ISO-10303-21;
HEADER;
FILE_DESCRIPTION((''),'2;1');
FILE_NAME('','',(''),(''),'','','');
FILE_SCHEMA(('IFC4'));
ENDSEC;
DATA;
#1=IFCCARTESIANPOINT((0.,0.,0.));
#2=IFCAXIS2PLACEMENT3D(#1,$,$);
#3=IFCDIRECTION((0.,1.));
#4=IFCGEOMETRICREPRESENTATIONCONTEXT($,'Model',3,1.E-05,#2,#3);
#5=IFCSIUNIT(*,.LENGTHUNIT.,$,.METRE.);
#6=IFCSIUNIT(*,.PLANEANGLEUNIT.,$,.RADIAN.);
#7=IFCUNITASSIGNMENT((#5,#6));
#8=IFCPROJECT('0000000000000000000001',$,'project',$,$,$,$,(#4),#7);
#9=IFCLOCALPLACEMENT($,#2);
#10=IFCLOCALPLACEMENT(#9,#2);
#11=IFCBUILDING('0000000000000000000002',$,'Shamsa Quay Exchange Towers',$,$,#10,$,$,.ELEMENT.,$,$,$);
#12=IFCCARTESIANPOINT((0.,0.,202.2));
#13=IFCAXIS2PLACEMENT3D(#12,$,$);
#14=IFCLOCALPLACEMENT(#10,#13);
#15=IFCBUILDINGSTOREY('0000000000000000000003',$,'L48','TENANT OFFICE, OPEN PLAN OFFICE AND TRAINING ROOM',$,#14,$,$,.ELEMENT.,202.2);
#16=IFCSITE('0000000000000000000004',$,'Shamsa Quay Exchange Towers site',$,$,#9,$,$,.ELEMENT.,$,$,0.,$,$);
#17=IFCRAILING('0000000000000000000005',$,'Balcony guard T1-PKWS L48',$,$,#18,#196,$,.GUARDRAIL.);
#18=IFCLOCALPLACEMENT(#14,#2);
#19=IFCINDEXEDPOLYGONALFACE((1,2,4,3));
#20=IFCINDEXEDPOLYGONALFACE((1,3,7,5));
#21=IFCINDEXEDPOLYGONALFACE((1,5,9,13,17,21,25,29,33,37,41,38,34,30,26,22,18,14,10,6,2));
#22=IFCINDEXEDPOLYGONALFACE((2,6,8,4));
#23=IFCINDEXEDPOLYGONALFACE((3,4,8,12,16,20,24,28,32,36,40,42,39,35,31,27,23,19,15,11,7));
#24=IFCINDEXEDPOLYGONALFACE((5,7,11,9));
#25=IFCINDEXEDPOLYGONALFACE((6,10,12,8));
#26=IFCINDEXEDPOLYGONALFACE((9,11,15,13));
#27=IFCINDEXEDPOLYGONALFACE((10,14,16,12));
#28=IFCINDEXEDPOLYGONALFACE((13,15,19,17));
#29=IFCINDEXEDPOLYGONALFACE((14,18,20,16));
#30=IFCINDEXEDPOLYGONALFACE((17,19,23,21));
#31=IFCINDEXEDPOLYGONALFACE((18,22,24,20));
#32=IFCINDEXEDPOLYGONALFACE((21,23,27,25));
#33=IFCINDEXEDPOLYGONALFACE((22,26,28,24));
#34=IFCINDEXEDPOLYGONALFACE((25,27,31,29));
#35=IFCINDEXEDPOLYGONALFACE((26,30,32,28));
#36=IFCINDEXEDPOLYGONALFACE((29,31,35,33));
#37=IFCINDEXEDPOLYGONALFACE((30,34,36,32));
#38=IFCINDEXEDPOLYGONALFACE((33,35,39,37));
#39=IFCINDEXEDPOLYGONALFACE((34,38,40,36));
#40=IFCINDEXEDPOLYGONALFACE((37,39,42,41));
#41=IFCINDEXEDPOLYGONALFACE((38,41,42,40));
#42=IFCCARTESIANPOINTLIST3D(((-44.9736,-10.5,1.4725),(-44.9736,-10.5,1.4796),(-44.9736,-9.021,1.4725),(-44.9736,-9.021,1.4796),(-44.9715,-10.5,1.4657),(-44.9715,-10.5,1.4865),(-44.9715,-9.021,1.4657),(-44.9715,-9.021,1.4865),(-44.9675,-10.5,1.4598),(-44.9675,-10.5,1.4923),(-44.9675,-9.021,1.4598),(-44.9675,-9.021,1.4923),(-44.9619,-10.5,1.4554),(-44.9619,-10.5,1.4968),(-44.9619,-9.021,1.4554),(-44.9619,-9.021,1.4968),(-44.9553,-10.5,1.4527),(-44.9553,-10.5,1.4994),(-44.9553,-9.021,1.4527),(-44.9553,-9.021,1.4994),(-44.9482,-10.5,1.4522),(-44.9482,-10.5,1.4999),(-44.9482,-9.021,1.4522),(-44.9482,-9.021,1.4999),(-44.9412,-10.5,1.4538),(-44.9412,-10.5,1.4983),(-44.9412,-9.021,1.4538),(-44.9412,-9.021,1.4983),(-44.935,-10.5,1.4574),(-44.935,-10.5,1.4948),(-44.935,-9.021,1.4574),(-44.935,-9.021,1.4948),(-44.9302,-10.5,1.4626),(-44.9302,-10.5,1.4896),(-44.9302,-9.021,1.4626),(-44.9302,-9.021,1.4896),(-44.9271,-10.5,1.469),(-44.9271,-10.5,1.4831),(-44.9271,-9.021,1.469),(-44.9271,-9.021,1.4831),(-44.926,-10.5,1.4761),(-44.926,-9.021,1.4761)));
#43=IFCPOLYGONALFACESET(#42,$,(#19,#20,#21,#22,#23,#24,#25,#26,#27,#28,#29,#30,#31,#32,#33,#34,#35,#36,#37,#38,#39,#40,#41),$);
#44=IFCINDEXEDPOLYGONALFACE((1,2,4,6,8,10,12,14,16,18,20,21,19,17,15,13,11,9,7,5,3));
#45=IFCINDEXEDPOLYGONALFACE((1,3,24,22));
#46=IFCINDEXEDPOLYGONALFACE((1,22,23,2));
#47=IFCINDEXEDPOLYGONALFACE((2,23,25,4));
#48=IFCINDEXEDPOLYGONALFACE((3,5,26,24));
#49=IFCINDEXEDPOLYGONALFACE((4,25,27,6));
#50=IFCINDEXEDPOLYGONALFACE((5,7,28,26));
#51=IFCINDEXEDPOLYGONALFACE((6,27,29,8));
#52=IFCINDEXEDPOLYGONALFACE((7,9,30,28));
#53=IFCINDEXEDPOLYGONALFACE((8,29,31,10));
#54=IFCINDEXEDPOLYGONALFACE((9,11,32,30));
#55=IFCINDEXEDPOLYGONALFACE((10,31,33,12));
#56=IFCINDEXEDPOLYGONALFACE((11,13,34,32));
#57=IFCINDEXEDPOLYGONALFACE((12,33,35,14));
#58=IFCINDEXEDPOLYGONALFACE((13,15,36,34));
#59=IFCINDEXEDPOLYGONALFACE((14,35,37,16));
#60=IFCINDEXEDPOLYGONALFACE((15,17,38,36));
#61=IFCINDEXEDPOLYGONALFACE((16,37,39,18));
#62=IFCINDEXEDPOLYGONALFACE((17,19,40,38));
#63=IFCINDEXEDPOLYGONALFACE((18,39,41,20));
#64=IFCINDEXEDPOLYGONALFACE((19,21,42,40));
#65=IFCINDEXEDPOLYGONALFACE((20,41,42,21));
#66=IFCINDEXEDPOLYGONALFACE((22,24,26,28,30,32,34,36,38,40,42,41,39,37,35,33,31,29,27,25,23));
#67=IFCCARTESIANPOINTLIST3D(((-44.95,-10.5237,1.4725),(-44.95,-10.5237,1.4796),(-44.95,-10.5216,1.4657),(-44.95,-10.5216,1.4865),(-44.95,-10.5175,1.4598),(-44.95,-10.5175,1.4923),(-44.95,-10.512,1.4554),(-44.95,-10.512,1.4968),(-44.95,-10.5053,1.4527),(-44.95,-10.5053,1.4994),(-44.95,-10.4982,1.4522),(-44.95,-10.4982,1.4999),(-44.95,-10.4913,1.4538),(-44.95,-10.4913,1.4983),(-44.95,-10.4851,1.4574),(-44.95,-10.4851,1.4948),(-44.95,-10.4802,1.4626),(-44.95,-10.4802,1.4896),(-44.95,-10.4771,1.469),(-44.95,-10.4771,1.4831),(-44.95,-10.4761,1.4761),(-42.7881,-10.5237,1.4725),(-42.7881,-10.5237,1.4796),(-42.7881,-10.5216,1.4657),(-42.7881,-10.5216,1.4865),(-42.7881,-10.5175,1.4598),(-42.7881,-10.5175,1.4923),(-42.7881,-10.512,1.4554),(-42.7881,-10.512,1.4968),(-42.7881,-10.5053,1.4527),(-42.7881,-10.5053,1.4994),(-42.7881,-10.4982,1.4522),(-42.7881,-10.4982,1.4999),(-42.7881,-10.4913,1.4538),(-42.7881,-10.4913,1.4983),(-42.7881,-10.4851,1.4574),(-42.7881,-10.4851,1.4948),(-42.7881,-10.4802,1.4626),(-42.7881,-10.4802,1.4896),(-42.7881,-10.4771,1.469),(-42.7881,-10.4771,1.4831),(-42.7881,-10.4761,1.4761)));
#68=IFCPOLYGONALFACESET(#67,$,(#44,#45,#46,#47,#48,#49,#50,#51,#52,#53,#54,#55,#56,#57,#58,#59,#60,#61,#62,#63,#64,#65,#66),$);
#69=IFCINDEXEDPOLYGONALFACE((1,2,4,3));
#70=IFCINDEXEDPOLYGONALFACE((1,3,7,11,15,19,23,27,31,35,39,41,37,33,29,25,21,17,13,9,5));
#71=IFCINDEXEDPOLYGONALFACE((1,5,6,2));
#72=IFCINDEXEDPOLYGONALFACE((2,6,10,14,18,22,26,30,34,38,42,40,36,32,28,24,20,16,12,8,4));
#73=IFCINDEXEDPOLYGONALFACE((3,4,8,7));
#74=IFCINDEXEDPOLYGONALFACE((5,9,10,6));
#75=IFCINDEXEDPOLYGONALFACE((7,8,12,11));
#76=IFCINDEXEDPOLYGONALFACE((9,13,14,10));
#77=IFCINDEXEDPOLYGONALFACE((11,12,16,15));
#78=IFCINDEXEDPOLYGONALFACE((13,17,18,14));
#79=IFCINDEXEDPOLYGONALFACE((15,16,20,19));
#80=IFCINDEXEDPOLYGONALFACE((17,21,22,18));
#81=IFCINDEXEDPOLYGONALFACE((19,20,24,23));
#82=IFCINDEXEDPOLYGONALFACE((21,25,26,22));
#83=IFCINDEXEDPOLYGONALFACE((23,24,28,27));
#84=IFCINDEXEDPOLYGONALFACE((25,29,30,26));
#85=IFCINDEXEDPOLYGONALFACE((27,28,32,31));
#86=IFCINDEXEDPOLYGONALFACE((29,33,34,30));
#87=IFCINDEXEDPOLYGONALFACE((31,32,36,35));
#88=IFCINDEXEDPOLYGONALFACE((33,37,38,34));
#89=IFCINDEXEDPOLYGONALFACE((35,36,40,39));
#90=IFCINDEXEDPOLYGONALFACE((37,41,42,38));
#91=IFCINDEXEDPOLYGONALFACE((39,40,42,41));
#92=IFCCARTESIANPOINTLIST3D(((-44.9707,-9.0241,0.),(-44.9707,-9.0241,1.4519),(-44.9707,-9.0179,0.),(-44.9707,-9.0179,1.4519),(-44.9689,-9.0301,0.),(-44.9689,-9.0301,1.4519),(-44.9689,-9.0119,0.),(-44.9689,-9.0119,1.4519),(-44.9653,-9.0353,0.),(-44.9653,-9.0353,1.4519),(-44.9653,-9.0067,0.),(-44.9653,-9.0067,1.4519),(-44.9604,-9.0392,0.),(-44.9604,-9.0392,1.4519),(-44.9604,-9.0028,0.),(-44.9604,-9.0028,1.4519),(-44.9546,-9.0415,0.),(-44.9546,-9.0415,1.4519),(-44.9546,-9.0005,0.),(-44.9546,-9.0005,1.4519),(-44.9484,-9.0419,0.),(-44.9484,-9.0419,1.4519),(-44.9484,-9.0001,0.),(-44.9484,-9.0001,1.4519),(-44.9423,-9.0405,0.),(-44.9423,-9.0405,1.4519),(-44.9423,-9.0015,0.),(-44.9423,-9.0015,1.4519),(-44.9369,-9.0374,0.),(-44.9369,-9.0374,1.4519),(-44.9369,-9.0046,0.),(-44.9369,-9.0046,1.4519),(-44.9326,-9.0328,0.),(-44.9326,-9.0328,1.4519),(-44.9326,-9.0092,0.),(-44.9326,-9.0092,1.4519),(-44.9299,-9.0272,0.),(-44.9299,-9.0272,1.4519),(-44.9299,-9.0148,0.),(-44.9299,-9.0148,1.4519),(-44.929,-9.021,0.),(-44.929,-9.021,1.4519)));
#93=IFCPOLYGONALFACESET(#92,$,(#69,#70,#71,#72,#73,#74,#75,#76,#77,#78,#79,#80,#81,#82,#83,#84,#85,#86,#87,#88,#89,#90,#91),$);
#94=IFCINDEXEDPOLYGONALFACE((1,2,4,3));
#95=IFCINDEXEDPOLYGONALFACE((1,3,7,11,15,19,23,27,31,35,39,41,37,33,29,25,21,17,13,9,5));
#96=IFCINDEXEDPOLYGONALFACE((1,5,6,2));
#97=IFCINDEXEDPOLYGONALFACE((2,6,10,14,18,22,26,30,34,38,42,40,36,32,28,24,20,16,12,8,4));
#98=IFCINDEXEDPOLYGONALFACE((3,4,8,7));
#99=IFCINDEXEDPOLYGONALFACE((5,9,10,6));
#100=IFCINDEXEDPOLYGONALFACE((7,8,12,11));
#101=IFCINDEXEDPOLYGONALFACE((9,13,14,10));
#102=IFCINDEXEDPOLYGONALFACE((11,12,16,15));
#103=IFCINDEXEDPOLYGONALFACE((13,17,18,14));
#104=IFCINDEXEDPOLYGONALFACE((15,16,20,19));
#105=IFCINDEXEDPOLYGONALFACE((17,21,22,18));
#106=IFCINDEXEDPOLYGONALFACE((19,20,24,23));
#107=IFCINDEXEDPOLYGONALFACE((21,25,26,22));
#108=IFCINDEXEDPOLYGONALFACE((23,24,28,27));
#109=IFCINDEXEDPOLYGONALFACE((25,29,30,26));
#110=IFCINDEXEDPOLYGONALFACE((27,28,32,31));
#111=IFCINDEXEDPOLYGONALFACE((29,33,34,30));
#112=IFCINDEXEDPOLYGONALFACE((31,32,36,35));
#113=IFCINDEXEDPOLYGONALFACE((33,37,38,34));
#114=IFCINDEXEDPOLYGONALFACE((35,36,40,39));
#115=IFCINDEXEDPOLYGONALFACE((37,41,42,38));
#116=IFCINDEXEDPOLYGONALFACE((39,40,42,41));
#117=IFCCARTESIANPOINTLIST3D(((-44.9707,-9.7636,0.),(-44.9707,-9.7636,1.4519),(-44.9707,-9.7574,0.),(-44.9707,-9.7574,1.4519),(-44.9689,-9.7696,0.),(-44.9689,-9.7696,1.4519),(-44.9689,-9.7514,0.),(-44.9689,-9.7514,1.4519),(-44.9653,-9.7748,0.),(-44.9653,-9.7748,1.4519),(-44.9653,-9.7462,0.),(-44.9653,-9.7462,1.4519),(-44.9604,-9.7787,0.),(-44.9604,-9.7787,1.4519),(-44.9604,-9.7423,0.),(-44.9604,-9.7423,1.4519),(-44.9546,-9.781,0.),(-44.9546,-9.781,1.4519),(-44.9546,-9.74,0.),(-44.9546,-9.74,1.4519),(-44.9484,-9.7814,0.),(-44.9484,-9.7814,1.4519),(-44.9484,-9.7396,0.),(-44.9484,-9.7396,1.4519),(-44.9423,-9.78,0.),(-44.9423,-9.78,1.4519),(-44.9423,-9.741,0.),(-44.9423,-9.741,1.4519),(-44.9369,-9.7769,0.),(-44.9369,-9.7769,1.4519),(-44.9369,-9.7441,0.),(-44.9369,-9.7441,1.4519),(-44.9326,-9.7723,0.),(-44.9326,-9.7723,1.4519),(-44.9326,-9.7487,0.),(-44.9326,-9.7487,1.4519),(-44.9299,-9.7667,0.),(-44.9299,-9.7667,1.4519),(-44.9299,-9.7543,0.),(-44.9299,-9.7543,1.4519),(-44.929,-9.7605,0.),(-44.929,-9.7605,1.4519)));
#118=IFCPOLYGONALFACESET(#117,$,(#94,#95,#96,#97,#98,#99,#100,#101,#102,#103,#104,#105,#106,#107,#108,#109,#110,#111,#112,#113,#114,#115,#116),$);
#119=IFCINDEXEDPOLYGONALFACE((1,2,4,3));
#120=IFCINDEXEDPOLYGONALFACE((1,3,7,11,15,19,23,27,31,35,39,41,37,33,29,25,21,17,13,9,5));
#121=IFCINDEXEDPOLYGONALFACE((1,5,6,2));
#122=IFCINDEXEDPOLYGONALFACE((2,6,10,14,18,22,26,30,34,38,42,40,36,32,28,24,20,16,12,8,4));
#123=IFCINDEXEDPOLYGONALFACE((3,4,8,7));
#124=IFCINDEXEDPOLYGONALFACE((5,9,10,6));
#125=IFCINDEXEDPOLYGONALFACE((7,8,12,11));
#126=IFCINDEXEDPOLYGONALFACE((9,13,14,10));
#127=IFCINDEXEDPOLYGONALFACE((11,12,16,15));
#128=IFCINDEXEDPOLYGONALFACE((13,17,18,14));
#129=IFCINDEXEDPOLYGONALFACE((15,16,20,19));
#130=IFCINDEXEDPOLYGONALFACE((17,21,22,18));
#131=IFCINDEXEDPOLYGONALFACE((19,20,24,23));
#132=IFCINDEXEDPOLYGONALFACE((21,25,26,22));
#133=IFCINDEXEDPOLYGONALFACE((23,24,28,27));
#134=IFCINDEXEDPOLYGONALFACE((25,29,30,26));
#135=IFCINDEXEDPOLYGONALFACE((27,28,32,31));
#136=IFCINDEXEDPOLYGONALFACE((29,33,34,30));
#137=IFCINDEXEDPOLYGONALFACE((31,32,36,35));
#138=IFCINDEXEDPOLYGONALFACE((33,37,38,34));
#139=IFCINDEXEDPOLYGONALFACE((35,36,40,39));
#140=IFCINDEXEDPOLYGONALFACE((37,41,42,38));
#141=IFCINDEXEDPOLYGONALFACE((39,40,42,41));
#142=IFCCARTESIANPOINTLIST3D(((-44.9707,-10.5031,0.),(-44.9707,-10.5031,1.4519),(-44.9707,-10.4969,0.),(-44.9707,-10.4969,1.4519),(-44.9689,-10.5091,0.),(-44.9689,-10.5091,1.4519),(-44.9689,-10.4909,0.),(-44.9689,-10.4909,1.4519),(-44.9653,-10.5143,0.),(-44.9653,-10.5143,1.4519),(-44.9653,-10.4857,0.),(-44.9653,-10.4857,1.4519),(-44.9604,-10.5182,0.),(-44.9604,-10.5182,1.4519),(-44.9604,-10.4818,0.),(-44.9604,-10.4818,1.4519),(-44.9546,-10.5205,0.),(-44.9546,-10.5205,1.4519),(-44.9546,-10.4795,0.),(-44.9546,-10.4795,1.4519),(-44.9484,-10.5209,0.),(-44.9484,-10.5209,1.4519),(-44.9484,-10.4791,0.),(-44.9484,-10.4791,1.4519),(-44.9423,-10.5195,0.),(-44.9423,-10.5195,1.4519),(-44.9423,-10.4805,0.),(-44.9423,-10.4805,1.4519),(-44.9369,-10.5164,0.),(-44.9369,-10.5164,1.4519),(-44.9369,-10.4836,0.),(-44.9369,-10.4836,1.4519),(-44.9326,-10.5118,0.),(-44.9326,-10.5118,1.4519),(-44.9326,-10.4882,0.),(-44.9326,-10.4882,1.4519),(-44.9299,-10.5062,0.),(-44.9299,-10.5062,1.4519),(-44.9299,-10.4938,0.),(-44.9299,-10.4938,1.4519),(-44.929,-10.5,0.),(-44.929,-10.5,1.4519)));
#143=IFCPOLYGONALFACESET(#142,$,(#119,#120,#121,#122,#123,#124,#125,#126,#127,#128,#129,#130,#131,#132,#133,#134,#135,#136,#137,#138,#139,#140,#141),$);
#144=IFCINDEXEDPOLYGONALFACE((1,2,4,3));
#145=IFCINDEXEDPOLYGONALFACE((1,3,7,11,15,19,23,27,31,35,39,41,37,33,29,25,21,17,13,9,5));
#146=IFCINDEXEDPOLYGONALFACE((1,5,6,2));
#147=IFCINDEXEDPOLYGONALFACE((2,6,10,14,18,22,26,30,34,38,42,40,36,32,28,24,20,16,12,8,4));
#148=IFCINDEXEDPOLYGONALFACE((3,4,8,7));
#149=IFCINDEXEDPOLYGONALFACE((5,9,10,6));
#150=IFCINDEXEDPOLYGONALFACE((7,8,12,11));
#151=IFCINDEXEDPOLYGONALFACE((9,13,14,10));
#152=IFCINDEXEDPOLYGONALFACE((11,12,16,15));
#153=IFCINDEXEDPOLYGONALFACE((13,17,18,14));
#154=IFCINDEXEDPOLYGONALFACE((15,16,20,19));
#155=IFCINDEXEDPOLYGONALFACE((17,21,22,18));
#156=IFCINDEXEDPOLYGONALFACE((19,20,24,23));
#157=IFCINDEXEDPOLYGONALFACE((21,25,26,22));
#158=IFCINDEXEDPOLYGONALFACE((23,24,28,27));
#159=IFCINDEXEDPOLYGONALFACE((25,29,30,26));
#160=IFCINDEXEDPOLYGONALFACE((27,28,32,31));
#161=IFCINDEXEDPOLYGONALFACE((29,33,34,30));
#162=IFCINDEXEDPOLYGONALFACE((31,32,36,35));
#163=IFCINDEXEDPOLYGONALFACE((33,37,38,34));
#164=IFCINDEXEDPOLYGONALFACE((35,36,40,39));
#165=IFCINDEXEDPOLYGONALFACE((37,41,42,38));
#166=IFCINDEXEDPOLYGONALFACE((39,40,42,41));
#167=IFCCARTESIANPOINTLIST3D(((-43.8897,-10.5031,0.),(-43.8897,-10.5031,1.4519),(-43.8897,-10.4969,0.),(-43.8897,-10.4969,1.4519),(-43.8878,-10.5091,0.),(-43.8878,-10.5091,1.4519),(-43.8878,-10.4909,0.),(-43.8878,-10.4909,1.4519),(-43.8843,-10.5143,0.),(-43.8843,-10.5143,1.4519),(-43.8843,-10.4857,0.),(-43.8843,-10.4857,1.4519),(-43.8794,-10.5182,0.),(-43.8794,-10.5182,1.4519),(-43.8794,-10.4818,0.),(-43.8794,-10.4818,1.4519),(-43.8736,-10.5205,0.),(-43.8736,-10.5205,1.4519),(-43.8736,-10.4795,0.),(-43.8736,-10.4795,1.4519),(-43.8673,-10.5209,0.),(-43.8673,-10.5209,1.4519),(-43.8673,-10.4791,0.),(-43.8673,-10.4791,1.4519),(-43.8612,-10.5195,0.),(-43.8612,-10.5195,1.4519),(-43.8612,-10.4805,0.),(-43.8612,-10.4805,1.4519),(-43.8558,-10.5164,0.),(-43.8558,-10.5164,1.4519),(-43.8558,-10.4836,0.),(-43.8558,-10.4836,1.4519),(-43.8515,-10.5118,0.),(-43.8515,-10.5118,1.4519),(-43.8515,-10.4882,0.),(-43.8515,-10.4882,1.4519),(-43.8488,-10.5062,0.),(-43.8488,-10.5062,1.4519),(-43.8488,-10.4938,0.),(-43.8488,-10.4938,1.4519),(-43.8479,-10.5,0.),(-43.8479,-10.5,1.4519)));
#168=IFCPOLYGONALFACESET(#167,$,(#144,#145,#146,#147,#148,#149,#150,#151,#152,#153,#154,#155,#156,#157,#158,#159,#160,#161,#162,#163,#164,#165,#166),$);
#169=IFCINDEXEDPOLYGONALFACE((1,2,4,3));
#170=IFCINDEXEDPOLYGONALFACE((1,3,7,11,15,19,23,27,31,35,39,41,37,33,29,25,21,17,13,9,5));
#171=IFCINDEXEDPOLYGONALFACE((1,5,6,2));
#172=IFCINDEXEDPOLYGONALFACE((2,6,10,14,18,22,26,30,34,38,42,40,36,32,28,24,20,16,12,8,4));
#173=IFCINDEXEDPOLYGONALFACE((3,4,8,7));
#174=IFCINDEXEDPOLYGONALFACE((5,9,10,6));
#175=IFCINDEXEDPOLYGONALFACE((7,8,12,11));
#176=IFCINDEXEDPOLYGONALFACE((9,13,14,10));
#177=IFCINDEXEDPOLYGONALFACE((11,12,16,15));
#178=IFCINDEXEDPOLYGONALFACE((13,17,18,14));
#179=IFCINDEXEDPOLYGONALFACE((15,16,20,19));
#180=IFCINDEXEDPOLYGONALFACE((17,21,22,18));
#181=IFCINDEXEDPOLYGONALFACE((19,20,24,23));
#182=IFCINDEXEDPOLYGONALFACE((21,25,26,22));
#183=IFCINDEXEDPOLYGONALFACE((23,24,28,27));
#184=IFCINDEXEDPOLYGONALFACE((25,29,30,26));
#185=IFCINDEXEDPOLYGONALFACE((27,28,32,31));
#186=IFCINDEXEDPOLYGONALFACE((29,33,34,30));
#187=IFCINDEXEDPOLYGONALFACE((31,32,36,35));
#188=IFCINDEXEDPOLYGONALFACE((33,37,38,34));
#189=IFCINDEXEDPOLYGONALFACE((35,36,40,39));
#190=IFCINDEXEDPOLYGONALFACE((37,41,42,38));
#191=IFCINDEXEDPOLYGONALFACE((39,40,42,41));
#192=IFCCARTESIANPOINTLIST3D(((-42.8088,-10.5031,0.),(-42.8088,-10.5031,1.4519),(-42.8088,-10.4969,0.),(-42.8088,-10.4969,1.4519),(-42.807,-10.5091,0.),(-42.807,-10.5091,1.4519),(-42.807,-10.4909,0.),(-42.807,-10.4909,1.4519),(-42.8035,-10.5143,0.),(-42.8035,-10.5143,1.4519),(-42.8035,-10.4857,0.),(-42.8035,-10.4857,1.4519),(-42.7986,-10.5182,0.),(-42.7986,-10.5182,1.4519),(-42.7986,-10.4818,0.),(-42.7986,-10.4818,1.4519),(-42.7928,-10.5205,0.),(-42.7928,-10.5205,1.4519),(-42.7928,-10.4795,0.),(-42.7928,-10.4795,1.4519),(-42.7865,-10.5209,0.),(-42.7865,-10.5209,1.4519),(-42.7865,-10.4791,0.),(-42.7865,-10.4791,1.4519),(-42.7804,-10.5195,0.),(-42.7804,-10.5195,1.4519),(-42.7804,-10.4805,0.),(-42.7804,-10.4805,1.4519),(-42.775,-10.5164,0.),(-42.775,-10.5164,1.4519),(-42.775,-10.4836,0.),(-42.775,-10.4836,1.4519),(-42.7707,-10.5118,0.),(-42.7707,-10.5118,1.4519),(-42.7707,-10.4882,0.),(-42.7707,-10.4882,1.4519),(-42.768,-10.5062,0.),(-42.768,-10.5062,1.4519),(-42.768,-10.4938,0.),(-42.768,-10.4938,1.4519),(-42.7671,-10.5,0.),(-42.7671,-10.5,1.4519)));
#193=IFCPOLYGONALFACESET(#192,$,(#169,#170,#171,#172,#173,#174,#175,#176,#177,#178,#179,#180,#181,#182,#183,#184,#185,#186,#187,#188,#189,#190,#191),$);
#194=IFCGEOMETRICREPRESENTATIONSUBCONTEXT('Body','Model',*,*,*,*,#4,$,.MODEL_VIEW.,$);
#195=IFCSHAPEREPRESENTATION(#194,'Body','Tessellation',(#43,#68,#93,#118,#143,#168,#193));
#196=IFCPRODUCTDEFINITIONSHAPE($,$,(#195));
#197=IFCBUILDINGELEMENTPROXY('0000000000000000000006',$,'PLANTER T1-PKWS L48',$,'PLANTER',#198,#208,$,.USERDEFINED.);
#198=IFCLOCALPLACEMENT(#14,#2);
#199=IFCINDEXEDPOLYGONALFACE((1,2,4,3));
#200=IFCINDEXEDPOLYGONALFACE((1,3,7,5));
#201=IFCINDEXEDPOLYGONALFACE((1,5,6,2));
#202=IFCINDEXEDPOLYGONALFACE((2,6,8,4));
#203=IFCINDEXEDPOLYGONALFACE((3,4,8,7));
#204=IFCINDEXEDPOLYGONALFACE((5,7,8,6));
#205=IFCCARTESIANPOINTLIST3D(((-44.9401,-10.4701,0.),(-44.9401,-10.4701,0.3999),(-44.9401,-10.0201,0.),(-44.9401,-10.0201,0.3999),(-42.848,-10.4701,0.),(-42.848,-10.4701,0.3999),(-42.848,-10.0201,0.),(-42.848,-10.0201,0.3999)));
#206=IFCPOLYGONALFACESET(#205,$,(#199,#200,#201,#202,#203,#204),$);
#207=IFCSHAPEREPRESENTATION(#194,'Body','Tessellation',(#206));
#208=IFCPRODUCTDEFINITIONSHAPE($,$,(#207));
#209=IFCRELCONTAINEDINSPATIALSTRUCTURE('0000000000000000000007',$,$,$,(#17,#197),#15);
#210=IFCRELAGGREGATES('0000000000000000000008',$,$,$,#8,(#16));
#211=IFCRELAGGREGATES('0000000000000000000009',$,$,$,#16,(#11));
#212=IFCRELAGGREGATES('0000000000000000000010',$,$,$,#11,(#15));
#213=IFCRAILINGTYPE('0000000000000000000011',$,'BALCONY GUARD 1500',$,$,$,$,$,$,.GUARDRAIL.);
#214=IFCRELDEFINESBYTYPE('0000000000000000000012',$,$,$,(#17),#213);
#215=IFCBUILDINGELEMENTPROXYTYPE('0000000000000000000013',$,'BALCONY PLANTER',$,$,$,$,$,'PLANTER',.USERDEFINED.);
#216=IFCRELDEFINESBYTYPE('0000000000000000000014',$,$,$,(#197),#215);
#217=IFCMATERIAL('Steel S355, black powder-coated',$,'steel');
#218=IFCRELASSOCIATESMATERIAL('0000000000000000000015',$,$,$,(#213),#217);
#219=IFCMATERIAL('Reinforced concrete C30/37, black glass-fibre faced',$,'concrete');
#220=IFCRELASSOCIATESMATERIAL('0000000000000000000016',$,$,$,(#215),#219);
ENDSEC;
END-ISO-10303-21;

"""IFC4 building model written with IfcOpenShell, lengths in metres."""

from ifc_helpers import new_model, si_unit, direction, frame, origin, origin_2d, place, context, subcontext, project, spatial, rectangle, circle, extrude, material, type_object, element, save


model = new_model("IFC4")

# Units and contexts
model_context = context("Model", 3, precision=1e-05, world=origin(), true_north=direction((0.0, 1.0)))
body_context = subcontext(model_context, "Body", "Model", "MODEL_VIEW")
ifc_project = project(units=[si_unit("LENGTHUNIT", "METRE"), si_unit("PLANEANGLEUNIT", "RADIAN")], contexts=[model_context])

# Site, building, storey
site_placement = place(None, origin())
site = spatial("IfcSite", under=ifc_project, at=site_placement, Name="Shamsa Quay Exchange Towers site", CompositionType="ELEMENT", RefElevation=0.0)
building_placement = place(site_placement, origin())
building = spatial("IfcBuilding", under=site, at=building_placement, Name="Shamsa Quay Exchange Towers", CompositionType="ELEMENT")
storey_placement = place(building_placement, frame((0.0, 0.0, 202.2)))
storey = spatial("IfcBuildingStorey", under=building, at=storey_placement, Name="L48", Description="TENANT OFFICE, OPEN PLAN OFFICE AND TRAINING ROOM", CompositionType="ELEMENT", Elevation=202.2)

# Railing
ifc_material_1 = material(Name="Steel S355, black powder-coated", Category="steel")
railing_type = type_object("IfcRailingType", Name="BALCONY GUARD 1500", PredefinedType="GUARDRAIL", material=ifc_material_1)
railing_placement = place(storey_placement, frame((-44.95, -9.021, 0.0)))
element("IfcRailing", 1, at=railing_placement, inside=storey, type_object=railing_type, Name="Balcony guard T1-PKWS L48", PredefinedType="GUARDRAIL", context=body_context, shape_type="SweptSolid", body=[
    extrude(circle(Radius=0.0239, at=origin_2d()), frame((0.0, 0.0, 1.4761), z_axis=(0.0, -1.0, 0.0), x_axis=(1.0, 0.0, 0.0)), (0.0, 0.0, 1.0), 1.479),
    extrude(circle(Radius=0.0239, at=origin_2d()), frame((0.0, -1.479, 1.4761), z_axis=(1.0, 0.0, 0.0), x_axis=(0.0, 1.0, 0.0)), (0.0, 0.0, 1.0), 2.1619),
    extrude(circle(Radius=0.021, at=origin_2d()), origin(), (0.0, 0.0, 1.0), 1.4519),
    extrude(circle(Radius=0.021, at=origin_2d()), frame((0.0, -0.7395, 0.0)), (0.0, 0.0, 1.0), 1.4519),
    extrude(circle(Radius=0.021, at=origin_2d()), frame((0.0, -1.479, 0.0)), (0.0, 0.0, 1.0), 1.4519),
    extrude(circle(Radius=0.021, at=origin_2d()), frame((1.0811, -1.479, 0.0)), (0.0, 0.0, 1.0), 1.4519),
    extrude(circle(Radius=0.021, at=origin_2d()), frame((2.1619, -1.479, 0.0)), (0.0, 0.0, 1.0), 1.4519),
])

# Building element proxy
ifc_material_2 = material(Name="Reinforced concrete C30/37, black glass-fibre faced", Category="concrete")
building_element_proxy_type = type_object("IfcBuildingElementProxyType", Name="BALCONY PLANTER", ElementType="PLANTER", PredefinedType="USERDEFINED", material=ifc_material_2)
proxy_placement = place(storey_placement, frame((-43.894, -10.2451, 0.0)))
element("IfcBuildingElementProxy", 2, at=proxy_placement, inside=storey, type_object=building_element_proxy_type, Name="PLANTER T1-PKWS L48", ObjectType="PLANTER", PredefinedType="USERDEFINED", context=body_context, shape_type="SweptSolid", body=[
    extrude(rectangle(XDim=2.092, YDim=0.45, at=origin_2d()), origin(), (0.0, 0.0, 1.0), 0.3999),
])

save(model, "model.ifc")
